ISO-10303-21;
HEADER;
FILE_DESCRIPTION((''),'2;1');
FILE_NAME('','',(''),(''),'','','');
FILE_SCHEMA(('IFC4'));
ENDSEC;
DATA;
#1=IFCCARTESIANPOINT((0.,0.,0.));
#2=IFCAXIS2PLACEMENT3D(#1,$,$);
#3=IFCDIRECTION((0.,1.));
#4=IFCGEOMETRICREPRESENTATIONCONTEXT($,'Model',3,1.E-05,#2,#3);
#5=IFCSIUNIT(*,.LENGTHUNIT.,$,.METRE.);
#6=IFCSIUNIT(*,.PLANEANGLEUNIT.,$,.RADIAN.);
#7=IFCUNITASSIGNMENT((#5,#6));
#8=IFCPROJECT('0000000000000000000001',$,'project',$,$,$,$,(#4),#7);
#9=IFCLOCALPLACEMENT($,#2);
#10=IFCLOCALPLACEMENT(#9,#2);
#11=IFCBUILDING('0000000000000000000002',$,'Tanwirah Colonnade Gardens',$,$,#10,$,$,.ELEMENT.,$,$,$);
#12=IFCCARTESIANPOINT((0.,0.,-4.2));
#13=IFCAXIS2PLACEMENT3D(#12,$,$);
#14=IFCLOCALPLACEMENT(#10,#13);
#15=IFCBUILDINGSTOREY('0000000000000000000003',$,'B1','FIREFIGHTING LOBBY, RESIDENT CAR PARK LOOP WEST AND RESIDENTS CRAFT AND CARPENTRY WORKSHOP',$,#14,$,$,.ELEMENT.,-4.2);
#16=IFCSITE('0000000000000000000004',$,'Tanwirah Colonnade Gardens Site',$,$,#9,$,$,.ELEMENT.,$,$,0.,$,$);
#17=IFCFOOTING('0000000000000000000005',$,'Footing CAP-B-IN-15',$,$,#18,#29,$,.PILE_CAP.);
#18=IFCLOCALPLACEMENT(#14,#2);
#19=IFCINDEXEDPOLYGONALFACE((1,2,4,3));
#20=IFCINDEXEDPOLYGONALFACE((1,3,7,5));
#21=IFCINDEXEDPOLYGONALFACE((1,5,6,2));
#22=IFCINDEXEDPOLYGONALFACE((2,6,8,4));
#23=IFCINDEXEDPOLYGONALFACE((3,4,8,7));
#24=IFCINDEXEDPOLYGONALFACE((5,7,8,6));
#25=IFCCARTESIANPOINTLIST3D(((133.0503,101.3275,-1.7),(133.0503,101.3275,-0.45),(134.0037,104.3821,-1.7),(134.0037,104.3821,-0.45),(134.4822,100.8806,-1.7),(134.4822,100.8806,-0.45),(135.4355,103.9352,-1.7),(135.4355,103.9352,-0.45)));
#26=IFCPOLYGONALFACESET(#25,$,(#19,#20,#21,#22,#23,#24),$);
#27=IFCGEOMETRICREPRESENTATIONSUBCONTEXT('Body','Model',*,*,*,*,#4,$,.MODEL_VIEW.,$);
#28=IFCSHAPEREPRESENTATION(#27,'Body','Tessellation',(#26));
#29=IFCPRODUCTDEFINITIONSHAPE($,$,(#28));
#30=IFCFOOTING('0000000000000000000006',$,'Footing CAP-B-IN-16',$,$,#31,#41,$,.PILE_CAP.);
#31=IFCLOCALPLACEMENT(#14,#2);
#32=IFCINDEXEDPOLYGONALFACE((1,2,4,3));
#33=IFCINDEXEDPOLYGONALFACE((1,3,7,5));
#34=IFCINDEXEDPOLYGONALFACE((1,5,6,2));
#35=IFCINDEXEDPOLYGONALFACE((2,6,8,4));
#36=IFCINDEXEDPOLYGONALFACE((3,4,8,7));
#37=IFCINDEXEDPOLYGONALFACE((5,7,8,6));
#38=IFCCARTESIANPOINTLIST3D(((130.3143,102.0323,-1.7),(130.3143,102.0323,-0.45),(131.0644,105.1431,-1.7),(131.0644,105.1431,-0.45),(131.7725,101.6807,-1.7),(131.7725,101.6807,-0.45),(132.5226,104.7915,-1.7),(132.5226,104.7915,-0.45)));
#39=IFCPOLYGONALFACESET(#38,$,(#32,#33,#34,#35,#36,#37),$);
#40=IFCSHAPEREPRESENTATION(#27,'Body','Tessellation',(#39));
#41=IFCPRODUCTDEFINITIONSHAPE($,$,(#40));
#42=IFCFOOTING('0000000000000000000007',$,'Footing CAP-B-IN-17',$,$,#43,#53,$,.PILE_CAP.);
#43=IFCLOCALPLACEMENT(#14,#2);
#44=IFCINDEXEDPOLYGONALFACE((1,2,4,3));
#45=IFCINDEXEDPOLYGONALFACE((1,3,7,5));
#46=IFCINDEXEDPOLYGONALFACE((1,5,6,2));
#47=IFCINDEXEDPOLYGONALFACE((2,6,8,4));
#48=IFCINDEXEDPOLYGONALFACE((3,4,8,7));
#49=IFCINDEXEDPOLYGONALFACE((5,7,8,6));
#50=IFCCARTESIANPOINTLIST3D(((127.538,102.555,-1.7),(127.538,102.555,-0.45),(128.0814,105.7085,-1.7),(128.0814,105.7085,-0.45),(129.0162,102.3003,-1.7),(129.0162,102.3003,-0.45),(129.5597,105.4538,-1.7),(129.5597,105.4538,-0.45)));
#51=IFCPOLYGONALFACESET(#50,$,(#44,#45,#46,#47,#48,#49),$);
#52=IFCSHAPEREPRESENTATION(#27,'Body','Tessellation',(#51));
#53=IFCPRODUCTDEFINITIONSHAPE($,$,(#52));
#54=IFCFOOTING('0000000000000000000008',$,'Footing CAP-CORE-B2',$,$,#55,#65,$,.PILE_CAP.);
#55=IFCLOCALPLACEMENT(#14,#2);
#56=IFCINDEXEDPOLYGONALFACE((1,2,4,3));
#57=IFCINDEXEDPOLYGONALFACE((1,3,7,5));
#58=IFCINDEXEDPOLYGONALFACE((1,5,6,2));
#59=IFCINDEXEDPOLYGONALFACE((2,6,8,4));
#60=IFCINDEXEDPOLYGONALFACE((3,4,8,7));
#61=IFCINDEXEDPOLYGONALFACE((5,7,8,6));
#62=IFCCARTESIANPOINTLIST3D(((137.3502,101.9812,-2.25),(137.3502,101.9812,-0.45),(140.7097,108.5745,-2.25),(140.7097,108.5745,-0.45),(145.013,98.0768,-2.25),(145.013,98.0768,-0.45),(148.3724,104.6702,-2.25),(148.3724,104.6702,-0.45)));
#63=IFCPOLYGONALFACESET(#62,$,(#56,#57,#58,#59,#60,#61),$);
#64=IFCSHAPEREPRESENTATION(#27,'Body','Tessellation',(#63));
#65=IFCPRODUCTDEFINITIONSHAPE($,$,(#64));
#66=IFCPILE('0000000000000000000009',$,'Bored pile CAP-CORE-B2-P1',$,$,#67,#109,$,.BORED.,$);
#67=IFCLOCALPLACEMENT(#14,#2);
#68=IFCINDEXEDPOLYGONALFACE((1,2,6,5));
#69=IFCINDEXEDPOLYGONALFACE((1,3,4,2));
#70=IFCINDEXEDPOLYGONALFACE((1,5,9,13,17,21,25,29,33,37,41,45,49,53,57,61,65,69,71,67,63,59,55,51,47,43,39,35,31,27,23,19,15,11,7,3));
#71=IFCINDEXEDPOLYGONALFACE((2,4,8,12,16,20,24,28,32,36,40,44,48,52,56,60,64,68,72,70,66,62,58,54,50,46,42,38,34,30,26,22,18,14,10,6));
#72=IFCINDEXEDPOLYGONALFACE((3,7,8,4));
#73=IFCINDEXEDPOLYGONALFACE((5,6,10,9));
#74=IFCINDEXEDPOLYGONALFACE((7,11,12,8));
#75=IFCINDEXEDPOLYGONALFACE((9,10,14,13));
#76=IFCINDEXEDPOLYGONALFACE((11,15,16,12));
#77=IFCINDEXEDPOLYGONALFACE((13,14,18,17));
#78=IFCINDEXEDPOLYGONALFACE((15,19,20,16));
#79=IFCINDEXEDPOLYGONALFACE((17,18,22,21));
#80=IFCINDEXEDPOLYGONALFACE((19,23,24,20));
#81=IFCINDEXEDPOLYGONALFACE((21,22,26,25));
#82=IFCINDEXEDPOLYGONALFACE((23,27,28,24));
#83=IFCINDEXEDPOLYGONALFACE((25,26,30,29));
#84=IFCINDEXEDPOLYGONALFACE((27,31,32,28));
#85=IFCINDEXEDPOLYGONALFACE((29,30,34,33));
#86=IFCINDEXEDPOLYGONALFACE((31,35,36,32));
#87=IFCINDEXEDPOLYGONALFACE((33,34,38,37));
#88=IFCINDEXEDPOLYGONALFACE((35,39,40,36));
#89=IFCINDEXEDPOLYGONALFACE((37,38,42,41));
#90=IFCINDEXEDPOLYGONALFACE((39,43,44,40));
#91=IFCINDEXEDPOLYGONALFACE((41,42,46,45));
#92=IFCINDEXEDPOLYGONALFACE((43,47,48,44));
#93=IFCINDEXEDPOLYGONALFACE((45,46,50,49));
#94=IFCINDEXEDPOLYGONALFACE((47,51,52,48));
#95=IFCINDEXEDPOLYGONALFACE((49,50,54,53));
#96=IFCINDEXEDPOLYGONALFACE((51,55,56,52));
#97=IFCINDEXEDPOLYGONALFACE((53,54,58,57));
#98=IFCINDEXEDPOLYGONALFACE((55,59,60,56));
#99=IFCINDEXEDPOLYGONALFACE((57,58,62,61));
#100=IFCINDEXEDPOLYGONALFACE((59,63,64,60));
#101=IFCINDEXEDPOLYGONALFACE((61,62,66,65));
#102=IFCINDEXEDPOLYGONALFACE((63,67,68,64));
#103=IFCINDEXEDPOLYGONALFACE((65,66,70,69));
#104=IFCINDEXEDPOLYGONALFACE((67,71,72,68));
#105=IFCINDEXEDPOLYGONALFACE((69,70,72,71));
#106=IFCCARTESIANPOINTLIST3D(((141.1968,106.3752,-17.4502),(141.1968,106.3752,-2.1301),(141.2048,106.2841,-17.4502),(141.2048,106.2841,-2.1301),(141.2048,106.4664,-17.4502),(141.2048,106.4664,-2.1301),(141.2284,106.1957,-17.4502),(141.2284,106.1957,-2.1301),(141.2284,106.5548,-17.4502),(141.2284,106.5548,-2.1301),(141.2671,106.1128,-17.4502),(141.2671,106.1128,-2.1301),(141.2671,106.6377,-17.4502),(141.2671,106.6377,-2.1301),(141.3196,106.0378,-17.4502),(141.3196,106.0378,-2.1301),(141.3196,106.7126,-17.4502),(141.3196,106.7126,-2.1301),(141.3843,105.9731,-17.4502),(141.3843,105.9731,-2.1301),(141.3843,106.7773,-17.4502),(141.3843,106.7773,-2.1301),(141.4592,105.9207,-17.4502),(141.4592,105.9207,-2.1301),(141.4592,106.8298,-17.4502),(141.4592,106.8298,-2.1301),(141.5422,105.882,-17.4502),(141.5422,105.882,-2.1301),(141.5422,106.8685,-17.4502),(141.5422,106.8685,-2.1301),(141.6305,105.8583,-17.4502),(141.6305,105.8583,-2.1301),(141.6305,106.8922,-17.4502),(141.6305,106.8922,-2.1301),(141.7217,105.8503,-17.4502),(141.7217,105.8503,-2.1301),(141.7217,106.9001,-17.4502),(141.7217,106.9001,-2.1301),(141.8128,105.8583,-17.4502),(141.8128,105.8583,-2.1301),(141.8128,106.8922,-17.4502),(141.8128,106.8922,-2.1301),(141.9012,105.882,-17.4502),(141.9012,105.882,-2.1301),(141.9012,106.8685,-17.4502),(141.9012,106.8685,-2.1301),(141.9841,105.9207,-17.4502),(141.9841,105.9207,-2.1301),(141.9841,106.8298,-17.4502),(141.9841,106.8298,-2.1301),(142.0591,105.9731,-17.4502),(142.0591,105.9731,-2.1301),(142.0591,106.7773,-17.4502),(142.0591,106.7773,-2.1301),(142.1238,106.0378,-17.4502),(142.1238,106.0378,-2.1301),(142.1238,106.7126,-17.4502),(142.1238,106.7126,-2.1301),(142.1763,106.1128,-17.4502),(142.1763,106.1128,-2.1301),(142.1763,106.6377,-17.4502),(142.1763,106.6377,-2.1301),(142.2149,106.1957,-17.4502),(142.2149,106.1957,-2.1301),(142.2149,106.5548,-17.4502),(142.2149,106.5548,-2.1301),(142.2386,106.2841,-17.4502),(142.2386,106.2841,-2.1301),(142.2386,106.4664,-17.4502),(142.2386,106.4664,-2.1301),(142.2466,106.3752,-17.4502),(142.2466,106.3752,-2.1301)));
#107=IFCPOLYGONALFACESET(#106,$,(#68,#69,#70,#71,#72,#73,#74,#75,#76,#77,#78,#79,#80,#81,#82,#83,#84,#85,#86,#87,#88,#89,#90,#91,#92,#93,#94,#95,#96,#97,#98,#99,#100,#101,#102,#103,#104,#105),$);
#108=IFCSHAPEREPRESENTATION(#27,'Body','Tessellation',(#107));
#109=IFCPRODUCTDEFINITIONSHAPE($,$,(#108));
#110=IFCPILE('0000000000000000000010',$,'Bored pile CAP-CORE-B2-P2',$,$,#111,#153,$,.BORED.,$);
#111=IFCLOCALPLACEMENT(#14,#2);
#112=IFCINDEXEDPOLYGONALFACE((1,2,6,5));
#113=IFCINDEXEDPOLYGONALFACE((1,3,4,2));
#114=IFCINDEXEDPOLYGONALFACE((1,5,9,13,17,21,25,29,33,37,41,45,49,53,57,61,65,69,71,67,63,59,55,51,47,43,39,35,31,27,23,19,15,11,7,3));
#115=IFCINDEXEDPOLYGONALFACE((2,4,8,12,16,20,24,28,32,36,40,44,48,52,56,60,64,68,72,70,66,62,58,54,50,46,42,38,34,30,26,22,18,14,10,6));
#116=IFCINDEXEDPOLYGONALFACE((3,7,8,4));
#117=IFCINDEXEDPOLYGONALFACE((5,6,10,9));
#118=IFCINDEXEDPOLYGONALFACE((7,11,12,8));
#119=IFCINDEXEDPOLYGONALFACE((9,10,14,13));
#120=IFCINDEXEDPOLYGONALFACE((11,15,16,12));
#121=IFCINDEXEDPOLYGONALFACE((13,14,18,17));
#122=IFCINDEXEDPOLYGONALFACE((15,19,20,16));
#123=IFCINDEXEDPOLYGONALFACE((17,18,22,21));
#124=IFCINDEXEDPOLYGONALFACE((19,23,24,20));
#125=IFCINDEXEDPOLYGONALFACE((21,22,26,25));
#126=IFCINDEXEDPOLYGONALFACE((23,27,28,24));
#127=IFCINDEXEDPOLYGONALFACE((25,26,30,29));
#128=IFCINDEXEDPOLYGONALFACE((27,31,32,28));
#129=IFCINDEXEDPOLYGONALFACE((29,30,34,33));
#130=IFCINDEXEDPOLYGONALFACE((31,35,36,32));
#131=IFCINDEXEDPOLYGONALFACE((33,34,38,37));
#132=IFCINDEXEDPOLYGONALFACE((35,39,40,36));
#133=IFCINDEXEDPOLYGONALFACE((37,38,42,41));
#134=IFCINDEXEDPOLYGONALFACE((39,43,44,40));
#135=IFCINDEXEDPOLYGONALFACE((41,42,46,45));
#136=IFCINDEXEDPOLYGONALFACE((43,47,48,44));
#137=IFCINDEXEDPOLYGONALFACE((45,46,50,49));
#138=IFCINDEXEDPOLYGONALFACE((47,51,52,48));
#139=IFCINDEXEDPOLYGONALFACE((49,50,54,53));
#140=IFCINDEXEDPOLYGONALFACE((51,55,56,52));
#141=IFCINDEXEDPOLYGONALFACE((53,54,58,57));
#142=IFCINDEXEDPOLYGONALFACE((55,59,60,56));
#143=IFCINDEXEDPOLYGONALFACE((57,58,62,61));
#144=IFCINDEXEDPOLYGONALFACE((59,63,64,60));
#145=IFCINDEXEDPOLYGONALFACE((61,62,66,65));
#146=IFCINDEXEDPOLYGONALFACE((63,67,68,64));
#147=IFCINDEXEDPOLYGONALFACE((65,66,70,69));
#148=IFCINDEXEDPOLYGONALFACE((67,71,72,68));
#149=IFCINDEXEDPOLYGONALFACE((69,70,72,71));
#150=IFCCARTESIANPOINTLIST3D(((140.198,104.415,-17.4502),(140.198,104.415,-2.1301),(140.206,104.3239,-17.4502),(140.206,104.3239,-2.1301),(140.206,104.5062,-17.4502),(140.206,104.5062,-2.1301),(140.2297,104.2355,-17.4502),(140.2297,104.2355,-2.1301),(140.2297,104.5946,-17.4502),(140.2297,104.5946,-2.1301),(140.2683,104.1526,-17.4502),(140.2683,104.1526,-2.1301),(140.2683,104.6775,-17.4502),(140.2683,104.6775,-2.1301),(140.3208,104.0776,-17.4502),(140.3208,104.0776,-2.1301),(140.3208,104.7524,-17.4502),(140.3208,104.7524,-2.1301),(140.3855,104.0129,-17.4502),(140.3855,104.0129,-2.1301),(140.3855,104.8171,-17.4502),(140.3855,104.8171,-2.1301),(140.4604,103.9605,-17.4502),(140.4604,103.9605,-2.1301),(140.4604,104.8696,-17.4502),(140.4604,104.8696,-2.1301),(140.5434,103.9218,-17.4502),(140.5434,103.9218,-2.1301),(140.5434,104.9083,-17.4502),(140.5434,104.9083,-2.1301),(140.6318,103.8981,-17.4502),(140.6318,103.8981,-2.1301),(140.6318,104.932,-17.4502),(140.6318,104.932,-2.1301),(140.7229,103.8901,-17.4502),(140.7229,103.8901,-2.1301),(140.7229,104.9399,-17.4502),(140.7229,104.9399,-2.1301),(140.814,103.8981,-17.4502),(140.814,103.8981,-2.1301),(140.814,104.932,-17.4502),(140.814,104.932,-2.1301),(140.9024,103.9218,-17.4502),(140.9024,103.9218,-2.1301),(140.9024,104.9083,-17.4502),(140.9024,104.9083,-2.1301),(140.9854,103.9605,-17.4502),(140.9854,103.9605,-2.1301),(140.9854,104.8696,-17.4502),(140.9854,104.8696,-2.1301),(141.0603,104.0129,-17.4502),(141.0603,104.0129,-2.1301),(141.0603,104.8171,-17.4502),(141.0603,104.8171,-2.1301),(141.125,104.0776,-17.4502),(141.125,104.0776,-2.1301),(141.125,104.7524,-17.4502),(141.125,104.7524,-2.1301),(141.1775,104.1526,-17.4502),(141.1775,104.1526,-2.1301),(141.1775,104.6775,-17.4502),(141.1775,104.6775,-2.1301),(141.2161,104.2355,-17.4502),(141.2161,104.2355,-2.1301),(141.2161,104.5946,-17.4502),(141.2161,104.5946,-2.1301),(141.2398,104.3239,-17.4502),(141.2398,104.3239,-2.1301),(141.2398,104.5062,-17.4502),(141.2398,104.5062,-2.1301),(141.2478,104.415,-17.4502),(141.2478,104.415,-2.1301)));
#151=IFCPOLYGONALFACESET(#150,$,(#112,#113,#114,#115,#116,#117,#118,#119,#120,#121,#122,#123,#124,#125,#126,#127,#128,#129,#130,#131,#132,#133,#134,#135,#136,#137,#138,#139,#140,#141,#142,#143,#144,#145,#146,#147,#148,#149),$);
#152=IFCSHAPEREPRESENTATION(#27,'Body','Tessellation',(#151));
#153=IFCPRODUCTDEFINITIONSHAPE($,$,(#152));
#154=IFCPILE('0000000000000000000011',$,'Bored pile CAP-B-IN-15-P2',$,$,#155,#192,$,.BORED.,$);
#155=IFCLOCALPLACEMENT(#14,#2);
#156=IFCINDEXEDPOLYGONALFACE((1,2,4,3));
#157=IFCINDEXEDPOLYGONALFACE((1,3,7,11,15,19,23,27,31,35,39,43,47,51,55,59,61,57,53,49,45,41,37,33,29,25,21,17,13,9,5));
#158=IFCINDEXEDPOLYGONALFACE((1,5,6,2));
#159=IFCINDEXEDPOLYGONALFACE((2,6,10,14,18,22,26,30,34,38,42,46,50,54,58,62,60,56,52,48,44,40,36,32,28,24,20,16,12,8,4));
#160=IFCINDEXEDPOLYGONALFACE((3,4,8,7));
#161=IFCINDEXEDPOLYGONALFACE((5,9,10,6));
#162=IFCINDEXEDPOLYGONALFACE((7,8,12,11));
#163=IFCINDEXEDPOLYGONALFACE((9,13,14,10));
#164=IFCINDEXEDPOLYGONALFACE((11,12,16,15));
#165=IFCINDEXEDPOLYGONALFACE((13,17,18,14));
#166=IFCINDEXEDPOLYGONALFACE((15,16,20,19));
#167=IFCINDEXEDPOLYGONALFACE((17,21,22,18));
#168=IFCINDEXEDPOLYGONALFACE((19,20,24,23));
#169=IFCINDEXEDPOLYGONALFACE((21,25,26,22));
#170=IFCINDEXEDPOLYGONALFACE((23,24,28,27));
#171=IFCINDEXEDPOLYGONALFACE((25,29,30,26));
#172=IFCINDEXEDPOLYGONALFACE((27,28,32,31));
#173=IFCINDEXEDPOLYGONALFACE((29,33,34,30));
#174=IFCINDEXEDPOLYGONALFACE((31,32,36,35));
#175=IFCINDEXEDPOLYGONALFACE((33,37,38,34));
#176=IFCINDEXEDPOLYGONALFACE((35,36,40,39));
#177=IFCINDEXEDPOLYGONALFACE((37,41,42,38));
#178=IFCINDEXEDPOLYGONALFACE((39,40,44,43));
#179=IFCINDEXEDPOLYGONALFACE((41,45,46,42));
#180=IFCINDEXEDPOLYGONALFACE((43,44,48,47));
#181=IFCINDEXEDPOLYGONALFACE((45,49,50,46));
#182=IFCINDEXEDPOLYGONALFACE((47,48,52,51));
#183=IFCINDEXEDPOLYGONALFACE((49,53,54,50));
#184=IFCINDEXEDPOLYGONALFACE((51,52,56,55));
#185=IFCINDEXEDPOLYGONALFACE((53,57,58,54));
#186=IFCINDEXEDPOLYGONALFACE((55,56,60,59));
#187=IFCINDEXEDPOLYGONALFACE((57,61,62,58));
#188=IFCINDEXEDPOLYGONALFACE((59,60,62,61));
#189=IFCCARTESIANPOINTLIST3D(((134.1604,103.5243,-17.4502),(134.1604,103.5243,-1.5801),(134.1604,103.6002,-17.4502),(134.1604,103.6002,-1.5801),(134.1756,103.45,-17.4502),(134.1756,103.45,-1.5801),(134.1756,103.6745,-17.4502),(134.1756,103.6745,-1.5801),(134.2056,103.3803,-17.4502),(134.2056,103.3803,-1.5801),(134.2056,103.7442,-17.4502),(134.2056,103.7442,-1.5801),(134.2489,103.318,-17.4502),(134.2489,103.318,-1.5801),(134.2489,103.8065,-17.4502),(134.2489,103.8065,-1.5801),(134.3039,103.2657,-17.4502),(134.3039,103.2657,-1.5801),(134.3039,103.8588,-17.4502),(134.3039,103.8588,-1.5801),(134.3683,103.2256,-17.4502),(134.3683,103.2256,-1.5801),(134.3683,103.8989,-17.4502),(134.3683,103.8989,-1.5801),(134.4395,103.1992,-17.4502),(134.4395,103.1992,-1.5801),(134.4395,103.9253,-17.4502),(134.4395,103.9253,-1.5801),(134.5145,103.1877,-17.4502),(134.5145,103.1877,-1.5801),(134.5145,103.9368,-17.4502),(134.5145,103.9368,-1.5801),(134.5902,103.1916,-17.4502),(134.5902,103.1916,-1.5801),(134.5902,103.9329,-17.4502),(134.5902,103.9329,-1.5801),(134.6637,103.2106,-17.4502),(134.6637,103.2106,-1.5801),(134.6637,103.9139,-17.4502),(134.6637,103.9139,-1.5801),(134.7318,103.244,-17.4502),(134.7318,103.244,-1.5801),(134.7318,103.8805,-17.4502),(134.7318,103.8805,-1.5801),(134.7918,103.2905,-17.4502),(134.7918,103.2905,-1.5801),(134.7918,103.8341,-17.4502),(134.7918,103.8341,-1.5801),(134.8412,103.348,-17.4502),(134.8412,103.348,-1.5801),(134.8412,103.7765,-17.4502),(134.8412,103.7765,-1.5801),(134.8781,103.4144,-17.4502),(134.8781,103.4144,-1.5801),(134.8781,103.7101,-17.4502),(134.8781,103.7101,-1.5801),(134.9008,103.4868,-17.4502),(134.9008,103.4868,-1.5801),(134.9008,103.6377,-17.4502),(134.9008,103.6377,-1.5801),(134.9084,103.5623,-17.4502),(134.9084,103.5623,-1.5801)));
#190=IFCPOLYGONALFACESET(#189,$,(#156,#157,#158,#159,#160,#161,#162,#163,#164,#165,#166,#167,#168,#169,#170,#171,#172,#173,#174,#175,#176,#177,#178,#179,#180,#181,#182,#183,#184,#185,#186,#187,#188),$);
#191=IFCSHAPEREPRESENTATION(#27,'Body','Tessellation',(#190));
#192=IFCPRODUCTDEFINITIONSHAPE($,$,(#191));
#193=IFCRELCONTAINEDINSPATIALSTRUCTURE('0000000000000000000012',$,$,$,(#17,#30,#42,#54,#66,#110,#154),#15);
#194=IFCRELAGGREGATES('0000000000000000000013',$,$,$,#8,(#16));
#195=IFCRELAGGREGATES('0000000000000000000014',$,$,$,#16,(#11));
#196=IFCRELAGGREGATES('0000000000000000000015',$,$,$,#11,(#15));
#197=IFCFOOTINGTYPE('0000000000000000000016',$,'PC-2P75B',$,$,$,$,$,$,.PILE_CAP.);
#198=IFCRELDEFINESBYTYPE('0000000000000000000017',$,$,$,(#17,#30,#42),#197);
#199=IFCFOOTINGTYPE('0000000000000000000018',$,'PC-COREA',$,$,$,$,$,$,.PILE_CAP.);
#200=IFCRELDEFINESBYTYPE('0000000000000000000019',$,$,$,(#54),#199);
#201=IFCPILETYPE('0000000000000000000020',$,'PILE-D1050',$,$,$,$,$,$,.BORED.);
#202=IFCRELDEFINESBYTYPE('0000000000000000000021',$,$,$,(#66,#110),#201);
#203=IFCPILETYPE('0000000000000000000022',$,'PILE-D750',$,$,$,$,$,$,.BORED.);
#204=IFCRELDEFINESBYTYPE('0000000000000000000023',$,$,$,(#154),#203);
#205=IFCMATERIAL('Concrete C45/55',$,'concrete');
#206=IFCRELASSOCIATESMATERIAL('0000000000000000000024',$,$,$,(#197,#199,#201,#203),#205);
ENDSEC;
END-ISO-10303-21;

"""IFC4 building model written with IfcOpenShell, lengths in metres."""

from ifc_helpers import new_model, si_unit, direction, frame, origin, origin_2d, place, context, subcontext, project, spatial, rectangle, circle, extrude, material, material_profile, profile_set, type_object, element, save


model = new_model("IFC4")

# Units and contexts
model_context = context("Model", 3, precision=1e-05, world=origin(), true_north=direction((0.0, 1.0)))
body_context = subcontext(model_context, "Body", "Model", "MODEL_VIEW")
ifc_project = project(units=[si_unit("LENGTHUNIT", "METRE"), si_unit("PLANEANGLEUNIT", "RADIAN")], contexts=[model_context])

# Site, building, storey
site_placement = place(None, origin())
site = spatial("IfcSite", under=ifc_project, at=site_placement, Name="Tanwirah Colonnade Gardens Site", CompositionType="ELEMENT", RefElevation=0.0)
building_placement = place(site_placement, origin())
building = spatial("IfcBuilding", under=site, at=building_placement, Name="Tanwirah Colonnade Gardens", CompositionType="ELEMENT")
storey_placement = place(building_placement, frame((0.0, 0.0, -4.2)))
storey = spatial("IfcBuildingStorey", under=building, at=storey_placement, Name="B1", Description="FIREFIGHTING LOBBY, RESIDENT CAR PARK LOOP WEST AND RESIDENTS CRAFT AND CARPENTRY WORKSHOP", CompositionType="ELEMENT", Elevation=-4.2)

# Footings
ifc_material_1 = material(Name="Concrete C45/55", Category="concrete")
footing_type_1 = type_object("IfcFootingType", Name="PC-2P75B", PredefinedType="PILE_CAP", material=ifc_material_1)
for number, where, z_axis, x_axis, name in (
    (1, (134.2429, 102.6313, -1.7), (0.0, 0.0, 1.0), (0.29793, 0.954588, 0.0), "Footing CAP-B-IN-15"),
    (2, (131.4185, 103.4119, -1.7), (0.0, 0.0, 1.0), (0.234388, 0.972143, 0.0), "Footing CAP-B-IN-16"),
    (3, (128.5488, 104.0044, -1.7), (0.0, 0.0, 1.0), (0.169827, 0.985474, 0.0), "Footing CAP-B-IN-17"),
):
    element("IfcFooting", number, at=place(storey_placement, frame(where, z_axis=z_axis, x_axis=x_axis)), inside=storey, type_object=footing_type_1, Name=name, PredefinedType="PILE_CAP", context=body_context, shape_type="SweptSolid", body=[
        extrude(rectangle(XDim=3.2, YDim=1.5, at=origin_2d()), origin(), (0.0, 0.0, 1.0), 1.25),
    ])
footing_type_2 = type_object("IfcFootingType", Name="PC-COREA", PredefinedType="PILE_CAP", material=ifc_material_1)
footing_placement = place(storey_placement, frame((142.8613, 103.3257, -2.25), z_axis=(0.0, 0.0, 1.0), x_axis=(-0.45399, -0.891007, 0.0)))
element("IfcFooting", 4, at=footing_placement, inside=storey, type_object=footing_type_2, Name="Footing CAP-CORE-B2", PredefinedType="PILE_CAP", context=body_context, shape_type="SweptSolid", body=[
    extrude(rectangle(XDim=7.3999, YDim=8.6001, at=origin_2d()), origin(), (0.0, 0.0, 1.0), 1.8),
])

# Piles
ifc_material_profile_1 = material_profile(ifc_material_1, circle(Radius=0.5249, at=origin_2d()), Name="PILE D1050")
ifc_profile_set_1 = profile_set([ifc_material_profile_1], Name="Concrete C45/55")
pile_type_1 = type_object("IfcPileType", Name="PILE-D1050", PredefinedType="BORED", material=ifc_profile_set_1)
for number, where, z_axis, x_axis, name in (
    (5, (141.7217, 106.3752, -2.1301), (0.0, 0.0, -1.0), (1.0, 0.0, 0.0), "Bored pile CAP-CORE-B2-P1"),
    (6, (140.7229, 104.415, -2.1301), (0.0, 0.0, -1.0), (1.0, 0.0, 0.0), "Bored pile CAP-CORE-B2-P2"),
):
    element("IfcPile", number, at=place(storey_placement, frame(where, z_axis=z_axis, x_axis=x_axis)), inside=storey, type_object=pile_type_1, Name=name, PredefinedType="BORED", context=body_context, shape_type="SweptSolid", body=[
        extrude(circle(Radius=0.5249, at=origin_2d()), origin(), (0.0, 0.0, 1.0), 15.3201),
    ])
ifc_material_profile_2 = material_profile(ifc_material_1, circle(Radius=0.375, at=origin_2d()), Name="PILE D750")
ifc_profile_set_2 = profile_set([ifc_material_profile_2], Name="Concrete C45/55")
pile_type_2 = type_object("IfcPileType", Name="PILE-D750", PredefinedType="BORED", material=ifc_profile_set_2)
for number, where, z_axis, x_axis, name in (
    (7, (134.5334, 103.5623, -1.5801), (0.0, 0.0, -1.0), (1.0, 0.0, 0.0), "Bored pile CAP-B-IN-15-P2"),
):
    element("IfcPile", number, at=place(storey_placement, frame(where, z_axis=z_axis, x_axis=x_axis)), inside=storey, type_object=pile_type_2, Name=name, PredefinedType="BORED", context=body_context, shape_type="SweptSolid", body=[
        extrude(circle(Radius=0.375, at=origin_2d()), origin(), (0.0, 0.0, 1.0), 15.8701),
    ])

save(model, "model.ifc")
